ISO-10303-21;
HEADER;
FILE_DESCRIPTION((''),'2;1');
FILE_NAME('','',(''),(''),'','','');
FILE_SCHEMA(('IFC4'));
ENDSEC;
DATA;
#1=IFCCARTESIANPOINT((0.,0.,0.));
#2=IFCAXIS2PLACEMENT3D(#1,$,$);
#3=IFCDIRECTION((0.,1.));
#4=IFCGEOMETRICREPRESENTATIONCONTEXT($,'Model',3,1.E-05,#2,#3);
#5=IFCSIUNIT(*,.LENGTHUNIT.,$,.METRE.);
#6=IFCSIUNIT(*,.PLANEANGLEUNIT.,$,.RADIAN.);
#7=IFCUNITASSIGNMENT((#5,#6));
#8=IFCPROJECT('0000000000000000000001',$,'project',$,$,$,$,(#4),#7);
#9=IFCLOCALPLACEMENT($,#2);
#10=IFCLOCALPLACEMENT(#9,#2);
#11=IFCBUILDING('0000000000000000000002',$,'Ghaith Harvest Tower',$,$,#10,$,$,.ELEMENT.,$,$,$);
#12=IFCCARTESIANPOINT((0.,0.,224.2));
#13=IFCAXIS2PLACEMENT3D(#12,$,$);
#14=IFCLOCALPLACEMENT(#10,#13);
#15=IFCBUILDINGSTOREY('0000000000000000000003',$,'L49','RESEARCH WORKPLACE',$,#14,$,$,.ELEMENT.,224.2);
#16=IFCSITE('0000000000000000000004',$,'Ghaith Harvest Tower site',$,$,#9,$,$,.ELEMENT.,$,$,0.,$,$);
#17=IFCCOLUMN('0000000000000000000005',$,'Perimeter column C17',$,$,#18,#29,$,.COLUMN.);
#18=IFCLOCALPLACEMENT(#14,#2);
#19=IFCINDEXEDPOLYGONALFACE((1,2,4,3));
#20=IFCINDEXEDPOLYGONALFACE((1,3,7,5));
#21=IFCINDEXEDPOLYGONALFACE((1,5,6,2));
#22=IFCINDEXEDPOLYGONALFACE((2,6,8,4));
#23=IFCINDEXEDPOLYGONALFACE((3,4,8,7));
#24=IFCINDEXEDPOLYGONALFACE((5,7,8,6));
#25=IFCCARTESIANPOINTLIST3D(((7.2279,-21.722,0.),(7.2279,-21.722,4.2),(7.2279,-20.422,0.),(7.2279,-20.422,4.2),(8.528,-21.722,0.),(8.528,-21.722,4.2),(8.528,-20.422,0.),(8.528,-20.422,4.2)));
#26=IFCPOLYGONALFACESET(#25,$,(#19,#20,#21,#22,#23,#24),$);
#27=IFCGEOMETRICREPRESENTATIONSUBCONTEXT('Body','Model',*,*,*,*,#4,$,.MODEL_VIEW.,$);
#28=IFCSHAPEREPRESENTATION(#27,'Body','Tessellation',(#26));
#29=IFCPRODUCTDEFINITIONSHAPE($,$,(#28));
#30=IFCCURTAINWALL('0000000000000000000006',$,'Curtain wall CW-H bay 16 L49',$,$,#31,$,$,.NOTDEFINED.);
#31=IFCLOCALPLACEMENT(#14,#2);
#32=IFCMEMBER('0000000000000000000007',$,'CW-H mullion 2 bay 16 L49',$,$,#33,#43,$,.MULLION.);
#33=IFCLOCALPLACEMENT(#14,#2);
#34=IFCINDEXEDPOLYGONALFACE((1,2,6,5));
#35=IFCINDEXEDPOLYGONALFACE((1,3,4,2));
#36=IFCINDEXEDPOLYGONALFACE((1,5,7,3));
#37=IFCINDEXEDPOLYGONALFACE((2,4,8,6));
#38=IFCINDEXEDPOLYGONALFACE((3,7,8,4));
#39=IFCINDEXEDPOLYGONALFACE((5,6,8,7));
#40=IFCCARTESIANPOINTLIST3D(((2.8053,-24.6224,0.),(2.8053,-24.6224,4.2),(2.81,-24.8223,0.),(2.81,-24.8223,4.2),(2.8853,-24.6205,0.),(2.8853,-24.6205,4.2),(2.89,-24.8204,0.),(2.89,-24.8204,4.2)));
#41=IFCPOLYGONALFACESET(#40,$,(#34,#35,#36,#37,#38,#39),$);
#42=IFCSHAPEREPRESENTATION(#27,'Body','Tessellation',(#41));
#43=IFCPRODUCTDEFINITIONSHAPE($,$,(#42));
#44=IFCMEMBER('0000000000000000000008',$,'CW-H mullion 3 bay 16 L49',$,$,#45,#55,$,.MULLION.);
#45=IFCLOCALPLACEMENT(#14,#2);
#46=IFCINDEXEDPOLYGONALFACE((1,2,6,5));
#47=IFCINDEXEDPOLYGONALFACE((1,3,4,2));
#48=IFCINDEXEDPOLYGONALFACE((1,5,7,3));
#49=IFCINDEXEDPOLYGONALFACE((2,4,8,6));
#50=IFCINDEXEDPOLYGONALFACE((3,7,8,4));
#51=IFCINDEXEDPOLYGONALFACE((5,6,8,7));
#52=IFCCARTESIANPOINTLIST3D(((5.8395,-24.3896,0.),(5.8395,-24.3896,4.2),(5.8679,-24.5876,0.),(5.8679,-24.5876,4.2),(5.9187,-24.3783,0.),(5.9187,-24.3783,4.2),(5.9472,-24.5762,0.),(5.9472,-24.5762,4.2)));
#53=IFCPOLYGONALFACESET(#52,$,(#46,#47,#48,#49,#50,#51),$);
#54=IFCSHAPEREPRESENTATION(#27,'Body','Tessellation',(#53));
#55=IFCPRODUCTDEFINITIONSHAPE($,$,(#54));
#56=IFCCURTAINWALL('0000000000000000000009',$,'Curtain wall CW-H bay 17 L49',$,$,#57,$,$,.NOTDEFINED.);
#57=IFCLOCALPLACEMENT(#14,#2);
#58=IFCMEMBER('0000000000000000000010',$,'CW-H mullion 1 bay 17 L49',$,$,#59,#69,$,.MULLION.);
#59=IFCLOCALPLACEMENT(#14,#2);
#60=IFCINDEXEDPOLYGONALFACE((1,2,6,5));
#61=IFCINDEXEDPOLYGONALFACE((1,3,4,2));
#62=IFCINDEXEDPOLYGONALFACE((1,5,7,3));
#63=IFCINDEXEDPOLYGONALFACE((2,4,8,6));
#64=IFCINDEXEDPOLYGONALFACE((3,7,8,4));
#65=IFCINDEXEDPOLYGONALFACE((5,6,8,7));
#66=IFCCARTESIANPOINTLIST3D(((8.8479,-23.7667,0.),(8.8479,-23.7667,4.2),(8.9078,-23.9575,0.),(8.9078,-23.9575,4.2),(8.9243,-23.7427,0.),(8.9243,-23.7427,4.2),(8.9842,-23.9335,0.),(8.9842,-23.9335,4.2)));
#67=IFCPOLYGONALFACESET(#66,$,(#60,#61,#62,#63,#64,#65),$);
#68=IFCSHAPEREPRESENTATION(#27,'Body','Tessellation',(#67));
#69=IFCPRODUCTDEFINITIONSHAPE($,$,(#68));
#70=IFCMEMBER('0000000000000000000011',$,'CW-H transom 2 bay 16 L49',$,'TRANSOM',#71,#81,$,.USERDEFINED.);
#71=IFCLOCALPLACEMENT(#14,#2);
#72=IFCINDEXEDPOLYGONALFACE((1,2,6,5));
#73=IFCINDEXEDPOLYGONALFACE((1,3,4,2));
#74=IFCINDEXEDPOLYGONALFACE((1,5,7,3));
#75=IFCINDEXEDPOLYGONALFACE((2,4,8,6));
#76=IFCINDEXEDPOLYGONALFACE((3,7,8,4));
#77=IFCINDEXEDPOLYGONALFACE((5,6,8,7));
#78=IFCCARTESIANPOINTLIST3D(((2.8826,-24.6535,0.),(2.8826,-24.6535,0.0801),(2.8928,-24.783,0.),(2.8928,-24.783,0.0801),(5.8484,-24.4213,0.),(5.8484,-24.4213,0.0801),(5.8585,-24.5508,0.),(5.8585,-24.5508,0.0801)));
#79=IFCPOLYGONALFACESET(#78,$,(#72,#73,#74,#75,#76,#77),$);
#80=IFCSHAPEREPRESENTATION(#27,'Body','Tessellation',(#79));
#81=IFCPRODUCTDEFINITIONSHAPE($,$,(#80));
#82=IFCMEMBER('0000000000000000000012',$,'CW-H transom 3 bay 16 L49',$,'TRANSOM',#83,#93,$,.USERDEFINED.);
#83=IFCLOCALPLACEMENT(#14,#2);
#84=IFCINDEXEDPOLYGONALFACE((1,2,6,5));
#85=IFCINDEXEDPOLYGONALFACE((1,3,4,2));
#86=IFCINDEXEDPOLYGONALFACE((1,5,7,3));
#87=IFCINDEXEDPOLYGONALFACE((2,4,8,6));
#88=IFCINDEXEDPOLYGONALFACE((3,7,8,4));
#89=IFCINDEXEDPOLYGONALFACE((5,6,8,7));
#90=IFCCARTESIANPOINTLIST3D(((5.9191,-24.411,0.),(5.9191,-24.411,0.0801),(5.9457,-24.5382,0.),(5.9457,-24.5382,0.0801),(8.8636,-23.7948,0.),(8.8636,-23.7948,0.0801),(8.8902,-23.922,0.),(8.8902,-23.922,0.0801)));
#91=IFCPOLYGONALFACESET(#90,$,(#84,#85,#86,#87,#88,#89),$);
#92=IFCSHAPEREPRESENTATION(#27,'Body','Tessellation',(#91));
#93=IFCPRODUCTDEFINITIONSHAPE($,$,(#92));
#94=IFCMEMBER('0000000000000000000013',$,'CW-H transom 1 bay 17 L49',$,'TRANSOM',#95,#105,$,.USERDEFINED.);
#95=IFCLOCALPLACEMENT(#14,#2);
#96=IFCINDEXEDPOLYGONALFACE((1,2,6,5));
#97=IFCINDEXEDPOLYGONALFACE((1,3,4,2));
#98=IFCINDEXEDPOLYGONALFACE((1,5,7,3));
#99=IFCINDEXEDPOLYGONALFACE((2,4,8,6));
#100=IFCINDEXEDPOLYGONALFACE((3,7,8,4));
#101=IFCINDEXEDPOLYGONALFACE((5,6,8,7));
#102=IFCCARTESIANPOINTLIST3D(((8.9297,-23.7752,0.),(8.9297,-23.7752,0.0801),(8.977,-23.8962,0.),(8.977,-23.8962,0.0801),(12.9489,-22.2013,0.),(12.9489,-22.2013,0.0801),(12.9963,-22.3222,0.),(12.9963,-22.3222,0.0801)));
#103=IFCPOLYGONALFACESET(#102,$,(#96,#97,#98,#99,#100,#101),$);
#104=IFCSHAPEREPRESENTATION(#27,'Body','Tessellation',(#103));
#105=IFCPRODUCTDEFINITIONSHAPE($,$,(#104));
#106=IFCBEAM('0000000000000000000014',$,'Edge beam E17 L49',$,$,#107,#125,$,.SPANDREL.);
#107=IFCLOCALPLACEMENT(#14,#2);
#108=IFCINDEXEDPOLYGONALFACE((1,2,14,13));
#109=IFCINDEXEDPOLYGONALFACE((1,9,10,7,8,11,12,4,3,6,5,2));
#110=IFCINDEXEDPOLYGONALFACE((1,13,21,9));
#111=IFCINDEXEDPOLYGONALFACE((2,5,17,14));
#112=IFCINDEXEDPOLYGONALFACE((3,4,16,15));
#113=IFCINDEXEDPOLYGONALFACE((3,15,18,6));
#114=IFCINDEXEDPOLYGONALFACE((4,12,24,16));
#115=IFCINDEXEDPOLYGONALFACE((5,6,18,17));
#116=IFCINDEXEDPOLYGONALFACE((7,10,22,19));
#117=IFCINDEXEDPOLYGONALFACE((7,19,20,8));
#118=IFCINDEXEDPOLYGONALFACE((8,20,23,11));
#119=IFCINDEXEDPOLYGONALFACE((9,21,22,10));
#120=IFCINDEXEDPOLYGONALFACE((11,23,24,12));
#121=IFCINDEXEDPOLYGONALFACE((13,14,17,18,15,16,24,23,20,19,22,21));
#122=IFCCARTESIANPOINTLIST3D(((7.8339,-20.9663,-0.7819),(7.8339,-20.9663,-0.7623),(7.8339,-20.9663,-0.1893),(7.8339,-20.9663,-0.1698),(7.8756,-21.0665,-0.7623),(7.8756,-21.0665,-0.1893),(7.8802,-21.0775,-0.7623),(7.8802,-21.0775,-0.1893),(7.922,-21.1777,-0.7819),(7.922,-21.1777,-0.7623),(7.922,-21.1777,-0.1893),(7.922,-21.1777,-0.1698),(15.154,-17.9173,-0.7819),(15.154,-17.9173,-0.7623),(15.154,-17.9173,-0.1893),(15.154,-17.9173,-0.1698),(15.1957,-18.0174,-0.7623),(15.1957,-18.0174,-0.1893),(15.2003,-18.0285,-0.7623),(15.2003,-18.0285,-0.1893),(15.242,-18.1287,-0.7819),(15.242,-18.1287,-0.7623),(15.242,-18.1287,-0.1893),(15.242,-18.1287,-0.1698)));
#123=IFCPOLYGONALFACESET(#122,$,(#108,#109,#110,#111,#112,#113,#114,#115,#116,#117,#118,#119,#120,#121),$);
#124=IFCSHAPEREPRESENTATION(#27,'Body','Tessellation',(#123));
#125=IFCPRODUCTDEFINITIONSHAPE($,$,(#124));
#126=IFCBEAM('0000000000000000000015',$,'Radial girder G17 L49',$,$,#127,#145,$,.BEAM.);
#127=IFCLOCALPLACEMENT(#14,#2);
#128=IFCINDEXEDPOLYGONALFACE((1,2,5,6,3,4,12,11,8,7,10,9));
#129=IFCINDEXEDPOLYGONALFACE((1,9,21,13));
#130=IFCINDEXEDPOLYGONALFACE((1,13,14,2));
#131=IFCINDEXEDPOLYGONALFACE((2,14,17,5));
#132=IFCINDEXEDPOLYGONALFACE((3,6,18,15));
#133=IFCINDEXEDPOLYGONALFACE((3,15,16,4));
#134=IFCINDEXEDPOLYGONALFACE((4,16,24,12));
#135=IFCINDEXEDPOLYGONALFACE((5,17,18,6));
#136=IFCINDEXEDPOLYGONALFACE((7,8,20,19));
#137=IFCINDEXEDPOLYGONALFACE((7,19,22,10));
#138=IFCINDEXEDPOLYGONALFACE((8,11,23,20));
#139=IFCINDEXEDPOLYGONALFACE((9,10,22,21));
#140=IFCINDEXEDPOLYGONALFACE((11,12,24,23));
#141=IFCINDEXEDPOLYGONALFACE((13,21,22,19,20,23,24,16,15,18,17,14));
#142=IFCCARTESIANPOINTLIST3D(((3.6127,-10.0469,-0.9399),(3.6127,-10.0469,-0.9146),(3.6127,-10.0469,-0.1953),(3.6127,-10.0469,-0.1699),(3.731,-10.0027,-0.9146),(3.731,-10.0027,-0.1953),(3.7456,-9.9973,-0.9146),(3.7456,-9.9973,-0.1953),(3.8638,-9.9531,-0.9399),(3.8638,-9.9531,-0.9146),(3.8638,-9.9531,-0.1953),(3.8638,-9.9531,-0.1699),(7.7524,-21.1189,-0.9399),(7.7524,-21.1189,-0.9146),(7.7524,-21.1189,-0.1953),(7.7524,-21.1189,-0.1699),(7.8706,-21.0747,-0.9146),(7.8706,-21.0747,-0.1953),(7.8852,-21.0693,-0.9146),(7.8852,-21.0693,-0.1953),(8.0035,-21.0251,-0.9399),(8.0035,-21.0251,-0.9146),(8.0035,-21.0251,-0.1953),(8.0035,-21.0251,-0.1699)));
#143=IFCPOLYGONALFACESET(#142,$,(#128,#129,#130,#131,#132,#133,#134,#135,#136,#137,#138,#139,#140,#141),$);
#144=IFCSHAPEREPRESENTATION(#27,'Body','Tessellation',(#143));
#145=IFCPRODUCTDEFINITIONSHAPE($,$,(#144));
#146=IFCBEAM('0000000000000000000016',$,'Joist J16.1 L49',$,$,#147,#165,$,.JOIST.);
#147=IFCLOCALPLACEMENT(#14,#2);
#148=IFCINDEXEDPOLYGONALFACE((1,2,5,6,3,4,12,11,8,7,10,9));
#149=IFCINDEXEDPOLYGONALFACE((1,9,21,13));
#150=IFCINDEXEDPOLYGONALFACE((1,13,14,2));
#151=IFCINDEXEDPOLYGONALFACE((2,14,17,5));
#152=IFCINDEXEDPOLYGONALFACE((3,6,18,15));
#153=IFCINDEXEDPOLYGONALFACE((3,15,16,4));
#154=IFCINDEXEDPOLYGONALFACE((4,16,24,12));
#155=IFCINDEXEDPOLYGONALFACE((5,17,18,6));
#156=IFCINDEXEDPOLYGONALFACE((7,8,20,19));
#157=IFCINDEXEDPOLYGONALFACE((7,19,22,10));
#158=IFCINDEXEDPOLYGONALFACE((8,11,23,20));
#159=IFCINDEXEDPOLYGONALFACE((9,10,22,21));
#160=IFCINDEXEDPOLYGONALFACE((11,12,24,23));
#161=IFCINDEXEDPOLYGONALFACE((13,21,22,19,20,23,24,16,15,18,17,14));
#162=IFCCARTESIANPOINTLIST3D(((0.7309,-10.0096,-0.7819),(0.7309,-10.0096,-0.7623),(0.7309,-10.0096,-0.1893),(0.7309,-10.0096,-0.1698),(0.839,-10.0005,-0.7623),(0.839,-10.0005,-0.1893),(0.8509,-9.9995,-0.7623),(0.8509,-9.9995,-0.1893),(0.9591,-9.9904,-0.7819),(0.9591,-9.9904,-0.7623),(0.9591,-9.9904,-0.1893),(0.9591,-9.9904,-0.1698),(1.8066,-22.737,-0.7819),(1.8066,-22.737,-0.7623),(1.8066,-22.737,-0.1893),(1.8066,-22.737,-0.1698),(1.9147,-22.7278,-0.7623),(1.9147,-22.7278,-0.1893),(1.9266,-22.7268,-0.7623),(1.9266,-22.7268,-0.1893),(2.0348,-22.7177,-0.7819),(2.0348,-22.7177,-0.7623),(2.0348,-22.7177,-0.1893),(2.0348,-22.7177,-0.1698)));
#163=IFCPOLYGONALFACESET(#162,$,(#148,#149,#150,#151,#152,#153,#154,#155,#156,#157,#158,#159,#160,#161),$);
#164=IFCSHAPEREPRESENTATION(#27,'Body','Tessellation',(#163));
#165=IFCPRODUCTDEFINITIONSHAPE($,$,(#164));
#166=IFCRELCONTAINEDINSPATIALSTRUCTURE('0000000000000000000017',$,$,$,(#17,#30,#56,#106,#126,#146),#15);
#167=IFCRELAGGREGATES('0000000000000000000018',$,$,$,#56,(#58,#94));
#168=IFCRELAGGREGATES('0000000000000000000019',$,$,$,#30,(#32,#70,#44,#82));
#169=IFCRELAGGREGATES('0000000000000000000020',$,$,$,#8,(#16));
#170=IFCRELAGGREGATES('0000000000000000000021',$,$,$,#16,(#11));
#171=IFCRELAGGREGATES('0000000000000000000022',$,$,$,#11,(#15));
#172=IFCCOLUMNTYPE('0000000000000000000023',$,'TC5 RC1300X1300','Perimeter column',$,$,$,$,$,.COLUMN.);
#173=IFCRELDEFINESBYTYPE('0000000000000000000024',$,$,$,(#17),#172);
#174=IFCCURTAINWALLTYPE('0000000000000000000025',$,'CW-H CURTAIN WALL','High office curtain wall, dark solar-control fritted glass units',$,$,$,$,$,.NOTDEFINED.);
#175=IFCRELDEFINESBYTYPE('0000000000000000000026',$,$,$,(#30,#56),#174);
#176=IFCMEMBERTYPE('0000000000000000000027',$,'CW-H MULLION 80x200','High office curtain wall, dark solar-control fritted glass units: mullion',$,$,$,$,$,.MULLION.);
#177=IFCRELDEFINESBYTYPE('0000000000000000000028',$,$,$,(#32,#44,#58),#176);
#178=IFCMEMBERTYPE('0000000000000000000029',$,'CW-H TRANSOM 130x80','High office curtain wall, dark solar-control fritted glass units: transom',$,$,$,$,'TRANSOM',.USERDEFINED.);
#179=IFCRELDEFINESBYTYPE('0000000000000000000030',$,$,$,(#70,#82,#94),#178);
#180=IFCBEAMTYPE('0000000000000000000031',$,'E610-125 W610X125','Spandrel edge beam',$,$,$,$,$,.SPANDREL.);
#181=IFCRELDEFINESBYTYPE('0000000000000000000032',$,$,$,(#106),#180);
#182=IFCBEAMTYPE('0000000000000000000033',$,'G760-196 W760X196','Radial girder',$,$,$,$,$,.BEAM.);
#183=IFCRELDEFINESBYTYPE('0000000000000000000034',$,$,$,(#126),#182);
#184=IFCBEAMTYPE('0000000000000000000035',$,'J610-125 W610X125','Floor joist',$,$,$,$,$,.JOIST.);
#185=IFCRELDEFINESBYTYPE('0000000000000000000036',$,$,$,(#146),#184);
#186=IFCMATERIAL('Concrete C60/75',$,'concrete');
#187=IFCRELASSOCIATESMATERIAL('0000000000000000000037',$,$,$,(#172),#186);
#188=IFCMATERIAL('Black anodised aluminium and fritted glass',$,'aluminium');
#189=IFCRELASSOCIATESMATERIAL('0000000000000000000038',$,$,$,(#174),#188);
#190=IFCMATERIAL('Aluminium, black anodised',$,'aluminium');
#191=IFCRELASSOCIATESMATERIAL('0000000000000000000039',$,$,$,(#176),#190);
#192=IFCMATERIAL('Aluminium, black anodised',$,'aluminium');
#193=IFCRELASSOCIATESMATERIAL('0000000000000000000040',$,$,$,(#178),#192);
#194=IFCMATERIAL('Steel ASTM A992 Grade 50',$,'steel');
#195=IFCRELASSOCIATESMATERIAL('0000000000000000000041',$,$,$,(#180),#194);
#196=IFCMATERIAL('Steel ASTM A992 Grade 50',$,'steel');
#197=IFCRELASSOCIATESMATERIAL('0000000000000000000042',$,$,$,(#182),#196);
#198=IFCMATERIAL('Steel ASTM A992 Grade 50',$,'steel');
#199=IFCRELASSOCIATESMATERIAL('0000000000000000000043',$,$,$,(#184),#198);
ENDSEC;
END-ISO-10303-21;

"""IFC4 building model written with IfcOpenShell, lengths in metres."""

from ifc_helpers import new_model, si_unit, direction, frame, origin, origin_2d, place, context, subcontext, project, spatial, rectangle, i_section, extrude, material, material_profile, profile_set, type_object, element, aggregate, save


model = new_model("IFC4")

# Units and contexts
model_context = context("Model", 3, precision=1e-05, world=origin(), true_north=direction((0.0, 1.0)))
body_context = subcontext(model_context, "Body", "Model", "MODEL_VIEW")
ifc_project = project(units=[si_unit("LENGTHUNIT", "METRE"), si_unit("PLANEANGLEUNIT", "RADIAN")], contexts=[model_context])

# Site, building, storey
site_placement = place(None, origin())
site = spatial("IfcSite", under=ifc_project, at=site_placement, Name="Ghaith Harvest Tower site", CompositionType="ELEMENT", RefElevation=0.0)
building_placement = place(site_placement, origin())
building = spatial("IfcBuilding", under=site, at=building_placement, Name="Ghaith Harvest Tower", CompositionType="ELEMENT")
storey_placement = place(building_placement, frame((0.0, 0.0, 224.2)))
storey = spatial("IfcBuildingStorey", under=building, at=storey_placement, Name="L49", Description="RESEARCH WORKPLACE", CompositionType="ELEMENT", Elevation=224.2)

# Column
ifc_material_1 = material(Name="Concrete C60/75", Category="concrete")
ifc_material_profile_1 = material_profile(ifc_material_1, rectangle(XDim=1.3, YDim=1.3, at=origin_2d()), Name="RC1300X1300")
ifc_profile_set_1 = profile_set([ifc_material_profile_1], Name="Concrete C60/75")
column_type = type_object("IfcColumnType", Name="TC5 RC1300X1300", Description="Perimeter column", PredefinedType="COLUMN", material=ifc_profile_set_1)
column_placement = place(storey_placement, frame((7.8779, -21.072, 0.0), z_axis=(0.0, 0.0, 1.0), x_axis=(1.0, 0.0, 0.0)))
element("IfcColumn", 1, at=column_placement, inside=storey, type_object=column_type, Name="Perimeter column C17", PredefinedType="COLUMN", context=body_context, shape_type="SweptSolid", body=[
    extrude(rectangle(XDim=1.3, YDim=1.3, at=origin_2d()), origin(), (0.0, 0.0, 1.0), 4.2),
])

# Curtain wall, members
ifc_material_2 = material(Name="Black anodised aluminium and fritted glass", Category="aluminium")
curtain_wall_type = type_object("IfcCurtainWallType", Name="CW-H CURTAIN WALL", Description="High office curtain wall, dark solar-control fritted glass units", PredefinedType="NOTDEFINED", material=ifc_material_2)
curtain_wall_1_placement = place(storey_placement, origin())
curtain_wall_1 = element("IfcCurtainWall", 2, at=curtain_wall_1_placement, inside=storey, type_object=curtain_wall_type, Name="Curtain wall CW-H bay 16 L49", PredefinedType="NOTDEFINED")
ifc_material_3 = material(Name="Aluminium, black anodised", Category="aluminium")
ifc_material_profile_2 = material_profile(ifc_material_3, rectangle(XDim=0.0801, YDim=0.2, at=origin_2d()), Name="CW-H MULLION 80x200")
ifc_profile_set_2 = profile_set([ifc_material_profile_2], Name="Aluminium, black anodised")
member_type_1 = type_object("IfcMemberType", Name="CW-H MULLION 80x200", Description="High office curtain wall, dark solar-control fritted glass units: mullion", PredefinedType="MULLION", material=ifc_profile_set_2)
member_1_placement = place(storey_placement, frame((2.8477, -24.7214, 0.0), z_axis=(0.0, 0.0, 1.0), x_axis=(0.999724, 0.023475, 0.0)))
member_1 = element("IfcMember", 3, at=member_1_placement, type_object=member_type_1, Name="CW-H mullion 2 bay 16 L49", PredefinedType="MULLION", context=body_context, shape_type="SweptSolid", body=[
    extrude(rectangle(XDim=0.0801, YDim=0.2, at=origin_2d()), origin(), (0.0, 0.0, 1.0), 4.2),
])
member_2_placement = place(storey_placement, frame((5.8933, -24.4829, 0.0), z_axis=(0.0, 0.0, 1.0), x_axis=(0.989849, 0.142122, 0.0)))
member_2 = element("IfcMember", 4, at=member_2_placement, type_object=member_type_1, Name="CW-H mullion 3 bay 16 L49", PredefinedType="MULLION", context=body_context, shape_type="SweptSolid", body=[
    extrude(rectangle(XDim=0.0801, YDim=0.2, at=origin_2d()), origin(), (0.0, 0.0, 1.0), 4.2),
])

# Curtain wall, member
curtain_wall_2_placement = place(storey_placement, origin())
curtain_wall_2 = element("IfcCurtainWall", 5, at=curtain_wall_2_placement, inside=storey, type_object=curtain_wall_type, Name="Curtain wall CW-H bay 17 L49", PredefinedType="NOTDEFINED")
member_3_placement = place(storey_placement, frame((8.916, -23.8501, 0.0), z_axis=(0.0, 0.0, 1.0), x_axis=(0.95403, 0.299711, 0.0)))
member_3 = element("IfcMember", 6, at=member_3_placement, type_object=member_type_1, Name="CW-H mullion 1 bay 17 L49", PredefinedType="MULLION", context=body_context, shape_type="SweptSolid", body=[
    extrude(rectangle(XDim=0.0801, YDim=0.2, at=origin_2d()), origin(), (0.0, 0.0, 1.0), 4.2),
])

# Members
ifc_material_4 = material(Name="Aluminium, black anodised", Category="aluminium")
ifc_material_profile_3 = material_profile(ifc_material_4, rectangle(XDim=0.1299, YDim=0.0801, at=origin_2d()), Name="CW-H TRANSOM 130x80")
ifc_profile_set_3 = profile_set([ifc_material_profile_3], Name="Aluminium, black anodised")
member_type_2 = type_object("IfcMemberType", Name="CW-H TRANSOM 130x80", Description="High office curtain wall, dark solar-control fritted glass units: transom", ElementType="TRANSOM", PredefinedType="USERDEFINED", material=ifc_profile_set_3)
member_4_placement = place(storey_placement, frame((2.8877, -24.7183, 0.04), z_axis=(0.99695, 0.078046, 0.0), x_axis=(-0.078046, 0.99695, 0.0)))
member_4 = element("IfcMember", 7, at=member_4_placement, type_object=member_type_2, Name="CW-H transom 2 bay 16 L49", ObjectType="TRANSOM", PredefinedType="USERDEFINED", context=body_context, shape_type="SweptSolid", body=[
    extrude(rectangle(XDim=0.1299, YDim=0.0801, at=origin_2d()), origin(), (0.0, 0.0, 1.0), 2.9749),
])
member_5_placement = place(storey_placement, frame((5.9324, -24.4746, 0.04), z_axis=(0.978797, 0.204832, 0.0), x_axis=(-0.204832, 0.978797, 0.0)))
member_5 = element("IfcMember", 8, at=member_5_placement, type_object=member_type_2, Name="CW-H transom 3 bay 16 L49", ObjectType="TRANSOM", PredefinedType="USERDEFINED", context=body_context, shape_type="SweptSolid", body=[
    extrude(rectangle(XDim=0.1299, YDim=0.0801, at=origin_2d()), origin(), (0.0, 0.0, 1.0), 3.0083),
])
member_6_placement = place(storey_placement, frame((8.9534, -23.8357, 0.04), z_axis=(0.931148, 0.364642, 0.0), x_axis=(-0.364642, 0.931148, 0.0)))
member_6 = element("IfcMember", 9, at=member_6_placement, type_object=member_type_2, Name="CW-H transom 1 bay 17 L49", ObjectType="TRANSOM", PredefinedType="USERDEFINED", context=body_context, shape_type="SweptSolid", body=[
    extrude(rectangle(XDim=0.1299, YDim=0.0801, at=origin_2d()), origin(), (0.0, 0.0, 1.0), 4.3164),
])
aggregate(curtain_wall_2, [member_3, member_6])

# Beams
ifc_material_5 = material(Name="Steel ASTM A992 Grade 50", Category="steel")
ifc_material_profile_4 = material_profile(ifc_material_5, i_section(OverallWidth=0.229, OverallDepth=0.6121, WebThickness=0.012, FlangeThickness=0.0195, at=origin_2d()), Name="W610X125")
ifc_profile_set_4 = profile_set([ifc_material_profile_4], Name="Steel ASTM A992 Grade 50")
beam_type_1 = type_object("IfcBeamType", Name="E610-125 W610X125", Description="Spandrel edge beam", PredefinedType="SPANDREL", material=ifc_profile_set_4)
beam_1_placement = place(storey_placement, frame((7.8779, -21.072, -0.4758), z_axis=(0.92312, 0.384513, 0.0), x_axis=(-0.384513, 0.92312, 0.0)))
element("IfcBeam", 10, at=beam_1_placement, inside=storey, type_object=beam_type_1, Name="Edge beam E17 L49", PredefinedType="SPANDREL", context=body_context, shape_type="SweptSolid", body=[
    extrude(i_section(OverallWidth=0.229, OverallDepth=0.6121, WebThickness=0.012, FlangeThickness=0.0195, at=origin_2d()), origin(), (0.0, 0.0, 1.0), 7.9297),
])
ifc_material_6 = material(Name="Steel ASTM A992 Grade 50", Category="steel")
ifc_material_profile_5 = material_profile(ifc_material_6, i_section(OverallWidth=0.2681, OverallDepth=0.77, WebThickness=0.0156, FlangeThickness=0.0254, at=origin_2d()), Name="W760X196")
ifc_profile_set_5 = profile_set([ifc_material_profile_5], Name="Steel ASTM A992 Grade 50")
beam_type_2 = type_object("IfcBeamType", Name="G760-196 W760X196", Description="Radial girder", PredefinedType="BEAM", material=ifc_profile_set_5)
beam_2_placement = place(storey_placement, frame((3.7383, -10.0, -0.5549), z_axis=(0.350207, -0.936672, 0.0), x_axis=(0.936672, 0.350207, 0.0)))
element("IfcBeam", 11, at=beam_2_placement, inside=storey, type_object=beam_type_2, Name="Radial girder G17 L49", PredefinedType="BEAM", context=body_context, shape_type="SweptSolid", body=[
    extrude(i_section(OverallWidth=0.2681, OverallDepth=0.77, WebThickness=0.0156, FlangeThickness=0.0254, at=origin_2d()), origin(), (0.0, 0.0, 1.0), 11.8206),
])
ifc_material_7 = material(Name="Steel ASTM A992 Grade 50", Category="steel")
ifc_material_profile_6 = material_profile(ifc_material_7, i_section(OverallWidth=0.229, OverallDepth=0.6121, WebThickness=0.012, FlangeThickness=0.0195, at=origin_2d()), Name="W610X125")
ifc_profile_set_6 = profile_set([ifc_material_profile_6], Name="Steel ASTM A992 Grade 50")
beam_type_3 = type_object("IfcBeamType", Name="J610-125 W610X125", Description="Floor joist", PredefinedType="JOIST", material=ifc_profile_set_6)
beam_3_placement = place(storey_placement, frame((0.845, -10.0, -0.4758), z_axis=(0.084218, -0.996447, 0.0), x_axis=(0.996447, 0.084218, 0.0)))
element("IfcBeam", 12, at=beam_3_placement, inside=storey, type_object=beam_type_3, Name="Joist J16.1 L49", PredefinedType="JOIST", context=body_context, shape_type="SweptSolid", body=[
    extrude(i_section(OverallWidth=0.229, OverallDepth=0.6121, WebThickness=0.012, FlangeThickness=0.0195, at=origin_2d()), origin(), (0.0, 0.0, 1.0), 12.7727),
])

aggregate(curtain_wall_1, [member_1, member_4, member_2, member_5])

save(model, "model.ifc")
